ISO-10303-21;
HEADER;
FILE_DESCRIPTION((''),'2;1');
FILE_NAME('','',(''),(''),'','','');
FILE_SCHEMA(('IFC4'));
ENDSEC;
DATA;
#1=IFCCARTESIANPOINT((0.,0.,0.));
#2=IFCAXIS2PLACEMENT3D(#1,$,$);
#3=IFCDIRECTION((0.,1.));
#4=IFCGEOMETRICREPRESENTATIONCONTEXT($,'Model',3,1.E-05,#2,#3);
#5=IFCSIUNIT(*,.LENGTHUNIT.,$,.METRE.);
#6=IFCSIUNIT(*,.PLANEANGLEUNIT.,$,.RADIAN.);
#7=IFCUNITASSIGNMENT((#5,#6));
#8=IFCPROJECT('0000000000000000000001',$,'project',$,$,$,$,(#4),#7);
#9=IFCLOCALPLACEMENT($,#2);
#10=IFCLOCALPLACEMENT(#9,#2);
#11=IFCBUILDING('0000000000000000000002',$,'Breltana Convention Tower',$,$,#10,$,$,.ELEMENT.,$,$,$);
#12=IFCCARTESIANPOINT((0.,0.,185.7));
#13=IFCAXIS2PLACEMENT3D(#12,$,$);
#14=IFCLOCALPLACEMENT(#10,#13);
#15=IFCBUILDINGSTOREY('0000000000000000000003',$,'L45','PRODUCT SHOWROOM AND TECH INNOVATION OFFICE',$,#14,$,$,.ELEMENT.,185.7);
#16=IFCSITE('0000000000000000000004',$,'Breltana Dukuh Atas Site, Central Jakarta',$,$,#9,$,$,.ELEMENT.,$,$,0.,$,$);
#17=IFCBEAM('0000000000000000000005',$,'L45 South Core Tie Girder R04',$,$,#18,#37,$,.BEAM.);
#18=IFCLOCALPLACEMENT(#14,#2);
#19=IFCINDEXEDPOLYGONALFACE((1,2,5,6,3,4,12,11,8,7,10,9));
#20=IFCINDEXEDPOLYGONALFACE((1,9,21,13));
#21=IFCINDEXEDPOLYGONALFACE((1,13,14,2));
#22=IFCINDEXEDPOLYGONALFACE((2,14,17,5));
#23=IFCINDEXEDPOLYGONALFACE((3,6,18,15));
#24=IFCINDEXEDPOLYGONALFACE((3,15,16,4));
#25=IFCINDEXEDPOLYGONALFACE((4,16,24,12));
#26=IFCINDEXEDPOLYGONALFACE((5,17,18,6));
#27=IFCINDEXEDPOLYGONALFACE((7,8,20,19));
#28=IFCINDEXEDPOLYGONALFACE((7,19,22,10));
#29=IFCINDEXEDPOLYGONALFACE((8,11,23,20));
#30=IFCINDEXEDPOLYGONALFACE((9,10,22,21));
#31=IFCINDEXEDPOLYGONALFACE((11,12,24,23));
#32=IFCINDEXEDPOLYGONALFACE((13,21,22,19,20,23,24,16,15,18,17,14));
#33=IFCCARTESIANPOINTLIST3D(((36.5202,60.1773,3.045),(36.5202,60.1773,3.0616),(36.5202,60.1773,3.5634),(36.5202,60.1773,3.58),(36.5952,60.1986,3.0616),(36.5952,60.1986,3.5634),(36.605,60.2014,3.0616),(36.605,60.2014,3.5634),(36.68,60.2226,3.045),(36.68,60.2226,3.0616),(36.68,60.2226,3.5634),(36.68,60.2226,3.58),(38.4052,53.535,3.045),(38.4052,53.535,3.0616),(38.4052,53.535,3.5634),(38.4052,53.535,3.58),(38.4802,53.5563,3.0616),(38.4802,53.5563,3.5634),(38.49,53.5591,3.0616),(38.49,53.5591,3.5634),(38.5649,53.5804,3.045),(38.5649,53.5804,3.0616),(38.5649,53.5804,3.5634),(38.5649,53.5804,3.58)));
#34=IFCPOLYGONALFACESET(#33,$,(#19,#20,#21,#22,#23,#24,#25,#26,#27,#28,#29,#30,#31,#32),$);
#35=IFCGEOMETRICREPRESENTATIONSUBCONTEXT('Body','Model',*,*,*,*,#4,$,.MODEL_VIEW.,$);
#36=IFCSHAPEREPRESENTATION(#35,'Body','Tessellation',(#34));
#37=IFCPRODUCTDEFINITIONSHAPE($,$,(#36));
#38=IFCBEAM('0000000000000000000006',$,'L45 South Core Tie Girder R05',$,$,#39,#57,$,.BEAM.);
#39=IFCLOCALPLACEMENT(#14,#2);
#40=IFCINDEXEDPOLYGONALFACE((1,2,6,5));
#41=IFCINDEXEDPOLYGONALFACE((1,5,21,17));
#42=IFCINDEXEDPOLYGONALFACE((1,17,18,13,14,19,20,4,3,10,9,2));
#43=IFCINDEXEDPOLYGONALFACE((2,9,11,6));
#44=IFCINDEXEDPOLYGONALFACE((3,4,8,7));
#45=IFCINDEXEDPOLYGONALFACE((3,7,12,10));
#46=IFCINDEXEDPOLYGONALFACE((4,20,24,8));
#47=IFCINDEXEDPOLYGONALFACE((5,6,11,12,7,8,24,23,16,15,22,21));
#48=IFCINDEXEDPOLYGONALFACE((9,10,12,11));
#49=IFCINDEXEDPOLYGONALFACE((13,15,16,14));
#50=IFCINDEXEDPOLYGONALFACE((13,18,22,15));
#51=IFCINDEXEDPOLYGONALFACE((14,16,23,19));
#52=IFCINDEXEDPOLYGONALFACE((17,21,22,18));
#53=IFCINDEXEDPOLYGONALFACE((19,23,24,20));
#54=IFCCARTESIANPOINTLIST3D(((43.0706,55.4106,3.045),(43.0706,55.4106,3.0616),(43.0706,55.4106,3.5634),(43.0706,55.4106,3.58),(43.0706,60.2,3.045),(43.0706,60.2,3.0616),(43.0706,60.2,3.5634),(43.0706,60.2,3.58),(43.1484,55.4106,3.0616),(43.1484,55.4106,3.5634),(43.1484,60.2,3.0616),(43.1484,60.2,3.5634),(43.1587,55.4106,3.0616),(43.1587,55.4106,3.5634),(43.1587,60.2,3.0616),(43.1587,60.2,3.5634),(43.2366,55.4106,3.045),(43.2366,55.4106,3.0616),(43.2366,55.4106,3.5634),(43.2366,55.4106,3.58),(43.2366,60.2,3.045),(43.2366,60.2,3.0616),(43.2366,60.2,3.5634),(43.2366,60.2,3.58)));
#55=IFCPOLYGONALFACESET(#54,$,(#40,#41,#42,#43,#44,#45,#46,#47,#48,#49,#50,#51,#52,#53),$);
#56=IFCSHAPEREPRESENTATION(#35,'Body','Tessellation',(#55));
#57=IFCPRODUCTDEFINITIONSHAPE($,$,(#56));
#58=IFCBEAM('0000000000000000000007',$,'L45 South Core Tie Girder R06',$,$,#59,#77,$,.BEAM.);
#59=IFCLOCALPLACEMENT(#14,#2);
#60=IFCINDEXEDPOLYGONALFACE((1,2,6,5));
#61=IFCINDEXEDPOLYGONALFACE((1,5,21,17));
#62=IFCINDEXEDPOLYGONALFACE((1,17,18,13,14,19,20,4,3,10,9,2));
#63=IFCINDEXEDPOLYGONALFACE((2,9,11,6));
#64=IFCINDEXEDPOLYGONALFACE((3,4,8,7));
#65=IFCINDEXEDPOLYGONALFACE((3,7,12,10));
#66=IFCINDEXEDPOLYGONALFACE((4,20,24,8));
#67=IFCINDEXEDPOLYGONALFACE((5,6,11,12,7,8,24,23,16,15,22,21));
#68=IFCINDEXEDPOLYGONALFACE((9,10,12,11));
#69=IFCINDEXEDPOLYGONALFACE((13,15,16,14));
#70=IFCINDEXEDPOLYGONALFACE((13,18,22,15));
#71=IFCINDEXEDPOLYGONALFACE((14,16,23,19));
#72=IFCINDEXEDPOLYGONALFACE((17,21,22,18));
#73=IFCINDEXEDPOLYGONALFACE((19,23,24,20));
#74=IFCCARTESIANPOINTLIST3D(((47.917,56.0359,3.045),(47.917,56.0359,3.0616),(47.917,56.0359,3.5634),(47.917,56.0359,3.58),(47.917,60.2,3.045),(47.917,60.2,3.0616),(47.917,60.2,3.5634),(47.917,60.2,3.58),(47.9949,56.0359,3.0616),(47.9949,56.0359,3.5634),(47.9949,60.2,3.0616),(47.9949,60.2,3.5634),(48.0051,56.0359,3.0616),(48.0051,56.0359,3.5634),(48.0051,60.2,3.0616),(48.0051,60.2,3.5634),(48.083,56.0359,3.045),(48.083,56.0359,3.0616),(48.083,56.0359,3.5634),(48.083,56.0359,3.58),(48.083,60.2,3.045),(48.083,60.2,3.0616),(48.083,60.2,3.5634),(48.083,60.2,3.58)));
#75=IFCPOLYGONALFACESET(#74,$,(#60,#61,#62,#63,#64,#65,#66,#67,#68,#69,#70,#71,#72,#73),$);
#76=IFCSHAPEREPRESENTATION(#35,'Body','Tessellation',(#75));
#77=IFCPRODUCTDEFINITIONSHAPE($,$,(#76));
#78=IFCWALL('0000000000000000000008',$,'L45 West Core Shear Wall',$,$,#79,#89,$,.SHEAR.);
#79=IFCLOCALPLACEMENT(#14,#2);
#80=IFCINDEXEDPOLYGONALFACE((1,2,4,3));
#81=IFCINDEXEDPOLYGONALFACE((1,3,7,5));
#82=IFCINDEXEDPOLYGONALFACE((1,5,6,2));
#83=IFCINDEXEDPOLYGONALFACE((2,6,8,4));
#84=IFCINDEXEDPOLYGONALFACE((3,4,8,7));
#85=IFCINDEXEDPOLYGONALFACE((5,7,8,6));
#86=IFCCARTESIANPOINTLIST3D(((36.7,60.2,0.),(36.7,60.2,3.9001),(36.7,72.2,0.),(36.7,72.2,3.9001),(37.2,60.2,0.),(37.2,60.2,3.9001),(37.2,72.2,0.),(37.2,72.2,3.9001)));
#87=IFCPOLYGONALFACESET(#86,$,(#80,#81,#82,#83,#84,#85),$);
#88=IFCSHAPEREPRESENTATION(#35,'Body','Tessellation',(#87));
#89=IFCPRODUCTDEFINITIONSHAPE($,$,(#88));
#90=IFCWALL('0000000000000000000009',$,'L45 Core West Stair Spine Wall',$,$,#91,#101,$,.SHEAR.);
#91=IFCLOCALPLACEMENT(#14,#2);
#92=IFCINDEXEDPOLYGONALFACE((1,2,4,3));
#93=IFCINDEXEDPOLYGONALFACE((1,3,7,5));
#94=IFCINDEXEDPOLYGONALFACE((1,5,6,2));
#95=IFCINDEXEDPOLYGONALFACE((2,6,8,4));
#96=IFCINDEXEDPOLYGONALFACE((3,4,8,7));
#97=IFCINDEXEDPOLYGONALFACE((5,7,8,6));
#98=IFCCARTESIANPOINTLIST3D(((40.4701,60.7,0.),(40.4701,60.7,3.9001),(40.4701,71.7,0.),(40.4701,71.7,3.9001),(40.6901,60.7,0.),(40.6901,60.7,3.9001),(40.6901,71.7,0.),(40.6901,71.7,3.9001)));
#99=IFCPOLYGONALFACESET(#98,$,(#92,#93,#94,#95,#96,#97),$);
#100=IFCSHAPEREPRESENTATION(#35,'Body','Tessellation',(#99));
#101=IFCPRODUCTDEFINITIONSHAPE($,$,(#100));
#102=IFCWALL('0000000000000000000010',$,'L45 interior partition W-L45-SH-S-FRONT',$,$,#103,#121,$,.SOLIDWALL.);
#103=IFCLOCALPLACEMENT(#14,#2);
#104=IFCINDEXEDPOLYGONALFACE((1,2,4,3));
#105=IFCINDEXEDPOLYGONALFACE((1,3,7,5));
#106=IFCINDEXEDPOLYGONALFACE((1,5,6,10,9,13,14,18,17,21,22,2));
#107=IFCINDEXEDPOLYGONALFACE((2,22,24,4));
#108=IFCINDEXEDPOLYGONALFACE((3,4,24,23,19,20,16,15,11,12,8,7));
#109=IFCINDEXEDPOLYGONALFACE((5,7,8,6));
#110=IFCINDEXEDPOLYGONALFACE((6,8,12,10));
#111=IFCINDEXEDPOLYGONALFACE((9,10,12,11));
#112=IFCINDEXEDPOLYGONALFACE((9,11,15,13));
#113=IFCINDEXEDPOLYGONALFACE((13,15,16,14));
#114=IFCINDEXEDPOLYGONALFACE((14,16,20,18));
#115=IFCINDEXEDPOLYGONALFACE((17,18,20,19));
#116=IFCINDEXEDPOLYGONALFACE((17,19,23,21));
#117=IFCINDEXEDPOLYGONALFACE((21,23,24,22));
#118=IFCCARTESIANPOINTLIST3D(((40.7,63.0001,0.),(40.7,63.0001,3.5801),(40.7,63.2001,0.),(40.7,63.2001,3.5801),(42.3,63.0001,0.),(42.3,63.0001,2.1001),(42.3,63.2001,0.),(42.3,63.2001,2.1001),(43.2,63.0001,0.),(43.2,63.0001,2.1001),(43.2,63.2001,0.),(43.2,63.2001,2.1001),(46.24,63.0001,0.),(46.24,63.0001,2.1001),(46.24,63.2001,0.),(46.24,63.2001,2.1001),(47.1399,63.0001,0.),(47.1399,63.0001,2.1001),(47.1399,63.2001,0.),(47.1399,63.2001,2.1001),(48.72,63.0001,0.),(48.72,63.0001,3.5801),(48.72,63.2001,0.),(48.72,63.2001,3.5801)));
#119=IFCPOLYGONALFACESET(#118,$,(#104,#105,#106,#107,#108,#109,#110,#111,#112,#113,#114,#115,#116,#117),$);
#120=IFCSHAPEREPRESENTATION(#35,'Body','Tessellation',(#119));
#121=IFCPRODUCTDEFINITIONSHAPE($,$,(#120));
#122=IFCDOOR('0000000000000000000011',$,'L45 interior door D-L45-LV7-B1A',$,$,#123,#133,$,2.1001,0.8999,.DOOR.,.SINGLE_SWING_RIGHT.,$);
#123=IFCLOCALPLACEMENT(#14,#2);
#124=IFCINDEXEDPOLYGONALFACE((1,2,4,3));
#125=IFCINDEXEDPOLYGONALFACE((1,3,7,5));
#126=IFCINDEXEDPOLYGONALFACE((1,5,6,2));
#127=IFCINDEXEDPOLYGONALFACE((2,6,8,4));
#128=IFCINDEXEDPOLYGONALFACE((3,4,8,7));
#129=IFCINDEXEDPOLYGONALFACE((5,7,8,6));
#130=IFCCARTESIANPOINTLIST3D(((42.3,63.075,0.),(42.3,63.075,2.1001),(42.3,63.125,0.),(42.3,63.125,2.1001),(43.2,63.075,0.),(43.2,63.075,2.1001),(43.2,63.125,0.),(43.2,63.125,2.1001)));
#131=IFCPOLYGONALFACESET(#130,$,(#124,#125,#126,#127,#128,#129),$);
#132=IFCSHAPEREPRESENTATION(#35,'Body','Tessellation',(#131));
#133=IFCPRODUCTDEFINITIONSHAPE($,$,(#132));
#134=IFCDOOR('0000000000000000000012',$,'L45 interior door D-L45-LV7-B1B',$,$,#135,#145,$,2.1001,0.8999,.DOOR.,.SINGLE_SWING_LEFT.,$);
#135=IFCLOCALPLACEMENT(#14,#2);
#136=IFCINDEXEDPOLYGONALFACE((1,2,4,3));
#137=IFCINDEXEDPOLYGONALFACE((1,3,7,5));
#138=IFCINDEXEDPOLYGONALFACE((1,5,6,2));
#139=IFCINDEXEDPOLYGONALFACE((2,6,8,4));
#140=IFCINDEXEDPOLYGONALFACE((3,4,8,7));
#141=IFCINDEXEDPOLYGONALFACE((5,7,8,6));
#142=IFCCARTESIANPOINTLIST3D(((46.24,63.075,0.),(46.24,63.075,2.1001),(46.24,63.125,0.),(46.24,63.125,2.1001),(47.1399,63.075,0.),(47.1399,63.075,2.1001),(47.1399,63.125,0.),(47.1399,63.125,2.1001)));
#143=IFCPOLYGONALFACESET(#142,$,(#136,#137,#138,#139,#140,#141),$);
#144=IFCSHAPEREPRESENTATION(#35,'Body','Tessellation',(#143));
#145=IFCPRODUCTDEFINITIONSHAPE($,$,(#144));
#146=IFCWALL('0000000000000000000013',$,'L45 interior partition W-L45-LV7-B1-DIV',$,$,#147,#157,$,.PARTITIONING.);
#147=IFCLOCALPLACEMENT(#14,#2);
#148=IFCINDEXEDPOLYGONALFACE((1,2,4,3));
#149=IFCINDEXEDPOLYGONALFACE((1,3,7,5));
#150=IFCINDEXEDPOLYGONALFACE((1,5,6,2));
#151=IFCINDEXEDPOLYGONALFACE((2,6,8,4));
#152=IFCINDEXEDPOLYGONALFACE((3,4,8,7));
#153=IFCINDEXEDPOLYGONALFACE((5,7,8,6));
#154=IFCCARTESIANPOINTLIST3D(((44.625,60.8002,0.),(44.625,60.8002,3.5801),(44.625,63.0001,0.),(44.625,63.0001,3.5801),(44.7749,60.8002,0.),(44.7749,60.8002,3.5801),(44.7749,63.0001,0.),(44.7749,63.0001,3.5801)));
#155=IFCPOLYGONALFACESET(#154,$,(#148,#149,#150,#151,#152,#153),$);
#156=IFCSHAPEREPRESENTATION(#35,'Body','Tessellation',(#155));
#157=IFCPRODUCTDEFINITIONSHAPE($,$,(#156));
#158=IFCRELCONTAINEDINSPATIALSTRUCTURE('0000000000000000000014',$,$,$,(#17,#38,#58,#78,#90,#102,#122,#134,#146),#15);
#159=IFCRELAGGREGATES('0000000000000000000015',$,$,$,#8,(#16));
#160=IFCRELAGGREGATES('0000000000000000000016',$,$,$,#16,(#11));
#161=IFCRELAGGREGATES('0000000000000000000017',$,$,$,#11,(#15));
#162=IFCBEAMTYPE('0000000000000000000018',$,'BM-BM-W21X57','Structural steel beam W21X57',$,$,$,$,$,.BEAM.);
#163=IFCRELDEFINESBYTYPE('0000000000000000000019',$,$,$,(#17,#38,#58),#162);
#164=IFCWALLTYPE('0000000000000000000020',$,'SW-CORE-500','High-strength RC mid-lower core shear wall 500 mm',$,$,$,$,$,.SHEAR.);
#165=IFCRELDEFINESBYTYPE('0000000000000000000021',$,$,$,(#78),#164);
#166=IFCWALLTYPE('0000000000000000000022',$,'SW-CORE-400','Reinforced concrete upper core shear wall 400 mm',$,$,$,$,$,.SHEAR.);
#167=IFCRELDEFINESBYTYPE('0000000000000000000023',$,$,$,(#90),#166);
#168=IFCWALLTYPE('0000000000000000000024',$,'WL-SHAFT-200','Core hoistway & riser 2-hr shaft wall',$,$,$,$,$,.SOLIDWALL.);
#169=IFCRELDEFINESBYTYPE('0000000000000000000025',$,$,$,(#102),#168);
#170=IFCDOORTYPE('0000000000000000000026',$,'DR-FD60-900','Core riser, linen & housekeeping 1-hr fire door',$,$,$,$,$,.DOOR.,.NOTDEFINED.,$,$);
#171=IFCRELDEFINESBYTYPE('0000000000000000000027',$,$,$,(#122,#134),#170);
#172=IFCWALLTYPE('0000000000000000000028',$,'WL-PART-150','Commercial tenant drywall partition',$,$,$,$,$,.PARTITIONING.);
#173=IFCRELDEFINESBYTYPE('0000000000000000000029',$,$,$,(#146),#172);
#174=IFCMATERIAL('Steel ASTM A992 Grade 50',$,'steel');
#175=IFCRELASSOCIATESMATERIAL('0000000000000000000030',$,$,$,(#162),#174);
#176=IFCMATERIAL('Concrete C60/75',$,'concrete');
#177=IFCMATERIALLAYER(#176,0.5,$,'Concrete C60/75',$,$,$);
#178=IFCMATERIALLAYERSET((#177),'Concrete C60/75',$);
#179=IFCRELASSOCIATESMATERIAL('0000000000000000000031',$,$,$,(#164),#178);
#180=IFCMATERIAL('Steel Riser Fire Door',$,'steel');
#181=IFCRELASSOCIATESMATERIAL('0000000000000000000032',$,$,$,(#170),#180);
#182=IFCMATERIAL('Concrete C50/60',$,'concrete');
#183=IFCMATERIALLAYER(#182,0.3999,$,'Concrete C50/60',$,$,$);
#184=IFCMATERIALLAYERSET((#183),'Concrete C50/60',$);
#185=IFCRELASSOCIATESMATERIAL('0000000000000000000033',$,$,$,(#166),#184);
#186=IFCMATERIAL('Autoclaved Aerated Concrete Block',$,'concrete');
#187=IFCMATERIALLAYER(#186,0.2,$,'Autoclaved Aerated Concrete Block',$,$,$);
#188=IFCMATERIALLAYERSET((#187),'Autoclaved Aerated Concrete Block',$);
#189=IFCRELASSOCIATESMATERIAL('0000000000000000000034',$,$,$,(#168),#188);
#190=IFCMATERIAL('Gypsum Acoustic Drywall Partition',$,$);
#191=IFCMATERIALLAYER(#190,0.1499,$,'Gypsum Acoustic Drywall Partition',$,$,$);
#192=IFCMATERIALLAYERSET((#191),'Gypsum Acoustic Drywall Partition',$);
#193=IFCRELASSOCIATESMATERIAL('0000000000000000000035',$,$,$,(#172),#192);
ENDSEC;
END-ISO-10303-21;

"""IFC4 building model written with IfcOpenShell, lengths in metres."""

from ifc_helpers import new_model, si_unit, direction, frame, frame_2d, origin, origin_2d, place, context, subcontext, project, spatial, rectangle, i_section, extrude, source, transform, mapped, material, layer, layer_set, material_profile, profile_set, type_object, type_shapes, element, fill, save


model = new_model("IFC4")

# Units and contexts
model_context = context("Model", 3, precision=1e-05, world=origin(), true_north=direction((0.0, 1.0)))
body_context = subcontext(model_context, "Body", "Model", "MODEL_VIEW")
ifc_project = project(units=[si_unit("LENGTHUNIT", "METRE"), si_unit("PLANEANGLEUNIT", "RADIAN")], contexts=[model_context])

# Site, building, storey
site_placement = place(None, origin())
site = spatial("IfcSite", under=ifc_project, at=site_placement, Name="Breltana Dukuh Atas Site, Central Jakarta", CompositionType="ELEMENT", RefElevation=0.0)
building_placement = place(site_placement, origin())
building = spatial("IfcBuilding", under=site, at=building_placement, Name="Breltana Convention Tower", CompositionType="ELEMENT")
storey_placement = place(building_placement, frame((0.0, 0.0, 185.7)))
storey = spatial("IfcBuildingStorey", under=building, at=storey_placement, Name="L45", Description="PRODUCT SHOWROOM AND TECH INNOVATION OFFICE", CompositionType="ELEMENT", Elevation=185.7)

# Beams
ifc_material_1 = material(Name="Steel ASTM A992 Grade 50", Category="steel")
ifc_material_profile = material_profile(ifc_material_1, i_section(OverallWidth=0.166, OverallDepth=0.5349, WebThickness=0.0103, FlangeThickness=0.0166, at=origin_2d()), Name="W21X57")
ifc_profile_set = profile_set([ifc_material_profile], Name="Steel ASTM A992 Grade 50")
beam_type = type_object("IfcBeamType", Name="BM-BM-W21X57", Description="Structural steel beam W21X57", PredefinedType="BEAM", material=ifc_profile_set)
shared_shape_1 = source(origin(), body_context, "Body", "SweptSolid", [
    extrude(i_section(OverallWidth=0.166, OverallDepth=0.5349, WebThickness=0.0103, FlangeThickness=0.0166, at=origin_2d()), origin(), (0.0, 0.0, 1.0), 6.9045),
])
type_shapes(beam_type, [shared_shape_1])
beam_1_placement = place(storey_placement, frame((36.6001, 60.2, 3.3125), z_axis=(0.273007, -0.962012, 0.0), x_axis=(0.962012, 0.273007, 0.0)))
element("IfcBeam", 1, at=beam_1_placement, inside=storey, type_object=beam_type, Name="L45 South Core Tie Girder R04", PredefinedType="BEAM", context=body_context, shape_type="MappedRepresentation", body=[
    mapped(shared_shape_1, transform((0.0, 0.0, 0.0), scale=1.0)),
])
shared_shape_2 = source(origin(), body_context, "Body", "SweptSolid", [
    extrude(i_section(OverallWidth=0.166, OverallDepth=0.5349, WebThickness=0.0103, FlangeThickness=0.0166, at=origin_2d()), origin(), (0.0, 0.0, 1.0), 4.7893),
])
beam_2_placement = place(storey_placement, frame((43.1536, 60.2, 3.3125), z_axis=(0.0, -1.0, 0.0), x_axis=(1.0, 0.0, 0.0)))
element("IfcBeam", 2, at=beam_2_placement, inside=storey, type_object=beam_type, Name="L45 South Core Tie Girder R05", PredefinedType="BEAM", context=body_context, shape_type="MappedRepresentation", body=[
    mapped(shared_shape_2, transform((0.0, 0.0, 0.0), scale=1.0)),
])
shared_shape_3 = source(origin(), body_context, "Body", "SweptSolid", [
    extrude(i_section(OverallWidth=0.166, OverallDepth=0.5349, WebThickness=0.0103, FlangeThickness=0.0166, at=origin_2d()), origin(), (0.0, 0.0, 1.0), 4.1641),
])
beam_3_placement = place(storey_placement, frame((48.0, 60.2, 3.3125), z_axis=(0.0, -1.0, 0.0), x_axis=(1.0, 0.0, 0.0)))
element("IfcBeam", 3, at=beam_3_placement, inside=storey, type_object=beam_type, Name="L45 South Core Tie Girder R06", PredefinedType="BEAM", context=body_context, shape_type="MappedRepresentation", body=[
    mapped(shared_shape_3, transform((0.0, 0.0, 0.0), scale=1.0)),
])

# Wall
ifc_material_2 = material(Name="Concrete C60/75", Category="concrete")
ifc_layer_1 = layer(ifc_material_2, 0.5, Name="Concrete C60/75")
ifc_layer_set_1 = layer_set([ifc_layer_1], Name="Concrete C60/75")
wall_type_1 = type_object("IfcWallType", Name="SW-CORE-500", Description="High-strength RC mid-lower core shear wall 500 mm", PredefinedType="SHEAR", material=ifc_layer_set_1)
shared_shape_4 = source(origin(), body_context, "Body", "SweptSolid", [
    extrude(rectangle(XDim=12.0, YDim=0.5, at=frame_2d((6.0, 0.0))), origin(), (0.0, 0.0, 1.0), 3.9001),
])
wall_1_placement = place(storey_placement, frame((36.95, 60.2, 0.0), z_axis=(0.0, 0.0, 1.0), x_axis=(0.0, 1.0, 0.0)))
element("IfcWall", 4, at=wall_1_placement, inside=storey, type_object=wall_type_1, Name="L45 West Core Shear Wall", PredefinedType="SHEAR", context=body_context, shape_type="MappedRepresentation", body=[
    mapped(shared_shape_4, transform((0.0, 0.0, 0.0), scale=1.0)),
])

# Shared definitions
ifc_material_3 = material(Name="Steel Riser Fire Door", Category="steel")
door_type_1 = type_object("IfcDoorType", Name="DR-FD60-900", Description="Core riser, linen & housekeeping 1-hr fire door", OperationType="NOTDEFINED", PredefinedType="DOOR", material=ifc_material_3)
shared_shape_5 = source(origin(), body_context, "Body", "SweptSolid", [
    extrude(rectangle(XDim=0.8999, YDim=2.1001, at=frame_2d((0.45, 1.05))), frame((0.0, 0.0249, 0.0), z_axis=(0.0, -1.0, 0.0), x_axis=(1.0, 0.0, 0.0)), (0.0, 0.0, 1.0), 0.05),
])
type_shapes(door_type_1, [shared_shape_5])

# Wall
ifc_material_4 = material(Name="Concrete C50/60", Category="concrete")
ifc_layer_2 = layer(ifc_material_4, 0.3999, Name="Concrete C50/60")
ifc_layer_set_2 = layer_set([ifc_layer_2], Name="Concrete C50/60")
wall_type_2 = type_object("IfcWallType", Name="SW-CORE-400", Description="Reinforced concrete upper core shear wall 400 mm", PredefinedType="SHEAR", material=ifc_layer_set_2)
shared_shape_6 = source(origin(), body_context, "Body", "SweptSolid", [
    extrude(rectangle(XDim=11.0, YDim=0.22, at=frame_2d((5.5, 0.0))), origin(), (0.0, 0.0, 1.0), 3.9001),
])
wall_2_placement = place(storey_placement, frame((40.5801, 60.7, 0.0), z_axis=(0.0, 0.0, 1.0), x_axis=(0.0, 1.0, 0.0)))
element("IfcWall", 5, at=wall_2_placement, inside=storey, type_object=wall_type_2, Name="L45 Core West Stair Spine Wall", PredefinedType="SHEAR", context=body_context, shape_type="MappedRepresentation", body=[
    mapped(shared_shape_6, transform((0.0, 0.0, 0.0), scale=1.0)),
])

# Wall, openings, doors
ifc_material_5 = material(Name="Autoclaved Aerated Concrete Block", Category="concrete")
ifc_layer_3 = layer(ifc_material_5, 0.2, Name="Autoclaved Aerated Concrete Block")
ifc_layer_set_3 = layer_set([ifc_layer_3], Name="Autoclaved Aerated Concrete Block")
wall_type_3 = type_object("IfcWallType", Name="WL-SHAFT-200", Description="Core hoistway & riser 2-hr shaft wall", PredefinedType="SOLIDWALL", material=ifc_layer_set_3)
shared_shape_7 = source(origin(), body_context, "Body", "SweptSolid", [
    extrude(rectangle(XDim=8.02, YDim=0.2, at=frame_2d((4.01, 0.0))), origin(), (0.0, 0.0, 1.0), 3.5801),
])
wall_3_placement = place(storey_placement, frame((40.7, 63.1001, 0.0), z_axis=(0.0, 0.0, 1.0), x_axis=(1.0, 0.0, 0.0)))
wall_3 = element("IfcWall", 6, at=wall_3_placement, inside=storey, type_object=wall_type_3, Name="L45 interior partition W-L45-SH-S-FRONT", PredefinedType="SOLIDWALL", context=body_context, shape_type="MappedRepresentation", body=[
    mapped(shared_shape_7, transform((0.0, 0.0, 0.0), scale=1.0)),
])
opening_1_placement = place(wall_3_placement, frame((1.6001, 0.0, 0.0)))
opening_1 = element("IfcOpeningElement", 7, at=opening_1_placement, cuts=wall_3, PredefinedType="OPENING", context=body_context, shape_type="SweptSolid", body=[
    extrude(rectangle(XDim=0.8999, YDim=2.1001, at=frame_2d((0.45, 1.05))), frame((0.0, 0.1099, 0.0), z_axis=(0.0, -1.0, 0.0), x_axis=(1.0, 0.0, 0.0)), (0.0, 0.0, 1.0), 0.22),
])
opening_2_placement = place(wall_3_placement, frame((5.54, 0.0, 0.0)))
opening_2 = element("IfcOpeningElement", 8, at=opening_2_placement, cuts=wall_3, PredefinedType="OPENING", context=body_context, shape_type="SweptSolid", body=[
    extrude(rectangle(XDim=0.8999, YDim=2.1001, at=frame_2d((0.45, 1.05))), frame((0.0, 0.1099, 0.0), z_axis=(0.0, -1.0, 0.0), x_axis=(1.0, 0.0, 0.0)), (0.0, 0.0, 1.0), 0.22),
])
door_1_placement = place(opening_1_placement, origin())
door_1 = element("IfcDoor", 9, at=door_1_placement, inside=storey, type_object=door_type_1, Name="L45 interior door D-L45-LV7-B1A", OperationType="SINGLE_SWING_RIGHT", OverallHeight=2.1001, OverallWidth=0.8999, PredefinedType="DOOR", context=body_context, shape_type="MappedRepresentation", body=[
    mapped(shared_shape_5, transform((0.0, 0.0, 0.0), scale=1.0)),
])
fill(opening_1, door_1)
door_2_placement = place(opening_2_placement, origin())
door_2 = element("IfcDoor", 10, at=door_2_placement, inside=storey, type_object=door_type_1, Name="L45 interior door D-L45-LV7-B1B", OperationType="SINGLE_SWING_LEFT", OverallHeight=2.1001, OverallWidth=0.8999, PredefinedType="DOOR", context=body_context, shape_type="MappedRepresentation", body=[
    mapped(shared_shape_5, transform((0.0, 0.0, 0.0), scale=1.0)),
])
fill(opening_2, door_2)

# Wall
ifc_material_6 = material(Name="Gypsum Acoustic Drywall Partition")
ifc_layer_4 = layer(ifc_material_6, 0.1499, Name="Gypsum Acoustic Drywall Partition")
ifc_layer_set_4 = layer_set([ifc_layer_4], Name="Gypsum Acoustic Drywall Partition")
wall_type_4 = type_object("IfcWallType", Name="WL-PART-150", Description="Commercial tenant drywall partition", PredefinedType="PARTITIONING", material=ifc_layer_set_4)
shared_shape_8 = source(origin(), body_context, "Body", "SweptSolid", [
    extrude(rectangle(XDim=2.2, YDim=0.1499, at=frame_2d((1.1001, 0.0))), origin(), (0.0, 0.0, 1.0), 3.5801),
])
wall_4_placement = place(storey_placement, frame((44.7, 60.8, 0.0), z_axis=(0.0, 0.0, 1.0), x_axis=(0.0, 1.0, 0.0)))
element("IfcWall", 11, at=wall_4_placement, inside=storey, type_object=wall_type_4, Name="L45 interior partition W-L45-LV7-B1-DIV", PredefinedType="PARTITIONING", context=body_context, shape_type="MappedRepresentation", body=[
    mapped(shared_shape_8, transform((0.0, 0.0, 0.0), scale=1.0)),
])

save(model, "model.ifc")
